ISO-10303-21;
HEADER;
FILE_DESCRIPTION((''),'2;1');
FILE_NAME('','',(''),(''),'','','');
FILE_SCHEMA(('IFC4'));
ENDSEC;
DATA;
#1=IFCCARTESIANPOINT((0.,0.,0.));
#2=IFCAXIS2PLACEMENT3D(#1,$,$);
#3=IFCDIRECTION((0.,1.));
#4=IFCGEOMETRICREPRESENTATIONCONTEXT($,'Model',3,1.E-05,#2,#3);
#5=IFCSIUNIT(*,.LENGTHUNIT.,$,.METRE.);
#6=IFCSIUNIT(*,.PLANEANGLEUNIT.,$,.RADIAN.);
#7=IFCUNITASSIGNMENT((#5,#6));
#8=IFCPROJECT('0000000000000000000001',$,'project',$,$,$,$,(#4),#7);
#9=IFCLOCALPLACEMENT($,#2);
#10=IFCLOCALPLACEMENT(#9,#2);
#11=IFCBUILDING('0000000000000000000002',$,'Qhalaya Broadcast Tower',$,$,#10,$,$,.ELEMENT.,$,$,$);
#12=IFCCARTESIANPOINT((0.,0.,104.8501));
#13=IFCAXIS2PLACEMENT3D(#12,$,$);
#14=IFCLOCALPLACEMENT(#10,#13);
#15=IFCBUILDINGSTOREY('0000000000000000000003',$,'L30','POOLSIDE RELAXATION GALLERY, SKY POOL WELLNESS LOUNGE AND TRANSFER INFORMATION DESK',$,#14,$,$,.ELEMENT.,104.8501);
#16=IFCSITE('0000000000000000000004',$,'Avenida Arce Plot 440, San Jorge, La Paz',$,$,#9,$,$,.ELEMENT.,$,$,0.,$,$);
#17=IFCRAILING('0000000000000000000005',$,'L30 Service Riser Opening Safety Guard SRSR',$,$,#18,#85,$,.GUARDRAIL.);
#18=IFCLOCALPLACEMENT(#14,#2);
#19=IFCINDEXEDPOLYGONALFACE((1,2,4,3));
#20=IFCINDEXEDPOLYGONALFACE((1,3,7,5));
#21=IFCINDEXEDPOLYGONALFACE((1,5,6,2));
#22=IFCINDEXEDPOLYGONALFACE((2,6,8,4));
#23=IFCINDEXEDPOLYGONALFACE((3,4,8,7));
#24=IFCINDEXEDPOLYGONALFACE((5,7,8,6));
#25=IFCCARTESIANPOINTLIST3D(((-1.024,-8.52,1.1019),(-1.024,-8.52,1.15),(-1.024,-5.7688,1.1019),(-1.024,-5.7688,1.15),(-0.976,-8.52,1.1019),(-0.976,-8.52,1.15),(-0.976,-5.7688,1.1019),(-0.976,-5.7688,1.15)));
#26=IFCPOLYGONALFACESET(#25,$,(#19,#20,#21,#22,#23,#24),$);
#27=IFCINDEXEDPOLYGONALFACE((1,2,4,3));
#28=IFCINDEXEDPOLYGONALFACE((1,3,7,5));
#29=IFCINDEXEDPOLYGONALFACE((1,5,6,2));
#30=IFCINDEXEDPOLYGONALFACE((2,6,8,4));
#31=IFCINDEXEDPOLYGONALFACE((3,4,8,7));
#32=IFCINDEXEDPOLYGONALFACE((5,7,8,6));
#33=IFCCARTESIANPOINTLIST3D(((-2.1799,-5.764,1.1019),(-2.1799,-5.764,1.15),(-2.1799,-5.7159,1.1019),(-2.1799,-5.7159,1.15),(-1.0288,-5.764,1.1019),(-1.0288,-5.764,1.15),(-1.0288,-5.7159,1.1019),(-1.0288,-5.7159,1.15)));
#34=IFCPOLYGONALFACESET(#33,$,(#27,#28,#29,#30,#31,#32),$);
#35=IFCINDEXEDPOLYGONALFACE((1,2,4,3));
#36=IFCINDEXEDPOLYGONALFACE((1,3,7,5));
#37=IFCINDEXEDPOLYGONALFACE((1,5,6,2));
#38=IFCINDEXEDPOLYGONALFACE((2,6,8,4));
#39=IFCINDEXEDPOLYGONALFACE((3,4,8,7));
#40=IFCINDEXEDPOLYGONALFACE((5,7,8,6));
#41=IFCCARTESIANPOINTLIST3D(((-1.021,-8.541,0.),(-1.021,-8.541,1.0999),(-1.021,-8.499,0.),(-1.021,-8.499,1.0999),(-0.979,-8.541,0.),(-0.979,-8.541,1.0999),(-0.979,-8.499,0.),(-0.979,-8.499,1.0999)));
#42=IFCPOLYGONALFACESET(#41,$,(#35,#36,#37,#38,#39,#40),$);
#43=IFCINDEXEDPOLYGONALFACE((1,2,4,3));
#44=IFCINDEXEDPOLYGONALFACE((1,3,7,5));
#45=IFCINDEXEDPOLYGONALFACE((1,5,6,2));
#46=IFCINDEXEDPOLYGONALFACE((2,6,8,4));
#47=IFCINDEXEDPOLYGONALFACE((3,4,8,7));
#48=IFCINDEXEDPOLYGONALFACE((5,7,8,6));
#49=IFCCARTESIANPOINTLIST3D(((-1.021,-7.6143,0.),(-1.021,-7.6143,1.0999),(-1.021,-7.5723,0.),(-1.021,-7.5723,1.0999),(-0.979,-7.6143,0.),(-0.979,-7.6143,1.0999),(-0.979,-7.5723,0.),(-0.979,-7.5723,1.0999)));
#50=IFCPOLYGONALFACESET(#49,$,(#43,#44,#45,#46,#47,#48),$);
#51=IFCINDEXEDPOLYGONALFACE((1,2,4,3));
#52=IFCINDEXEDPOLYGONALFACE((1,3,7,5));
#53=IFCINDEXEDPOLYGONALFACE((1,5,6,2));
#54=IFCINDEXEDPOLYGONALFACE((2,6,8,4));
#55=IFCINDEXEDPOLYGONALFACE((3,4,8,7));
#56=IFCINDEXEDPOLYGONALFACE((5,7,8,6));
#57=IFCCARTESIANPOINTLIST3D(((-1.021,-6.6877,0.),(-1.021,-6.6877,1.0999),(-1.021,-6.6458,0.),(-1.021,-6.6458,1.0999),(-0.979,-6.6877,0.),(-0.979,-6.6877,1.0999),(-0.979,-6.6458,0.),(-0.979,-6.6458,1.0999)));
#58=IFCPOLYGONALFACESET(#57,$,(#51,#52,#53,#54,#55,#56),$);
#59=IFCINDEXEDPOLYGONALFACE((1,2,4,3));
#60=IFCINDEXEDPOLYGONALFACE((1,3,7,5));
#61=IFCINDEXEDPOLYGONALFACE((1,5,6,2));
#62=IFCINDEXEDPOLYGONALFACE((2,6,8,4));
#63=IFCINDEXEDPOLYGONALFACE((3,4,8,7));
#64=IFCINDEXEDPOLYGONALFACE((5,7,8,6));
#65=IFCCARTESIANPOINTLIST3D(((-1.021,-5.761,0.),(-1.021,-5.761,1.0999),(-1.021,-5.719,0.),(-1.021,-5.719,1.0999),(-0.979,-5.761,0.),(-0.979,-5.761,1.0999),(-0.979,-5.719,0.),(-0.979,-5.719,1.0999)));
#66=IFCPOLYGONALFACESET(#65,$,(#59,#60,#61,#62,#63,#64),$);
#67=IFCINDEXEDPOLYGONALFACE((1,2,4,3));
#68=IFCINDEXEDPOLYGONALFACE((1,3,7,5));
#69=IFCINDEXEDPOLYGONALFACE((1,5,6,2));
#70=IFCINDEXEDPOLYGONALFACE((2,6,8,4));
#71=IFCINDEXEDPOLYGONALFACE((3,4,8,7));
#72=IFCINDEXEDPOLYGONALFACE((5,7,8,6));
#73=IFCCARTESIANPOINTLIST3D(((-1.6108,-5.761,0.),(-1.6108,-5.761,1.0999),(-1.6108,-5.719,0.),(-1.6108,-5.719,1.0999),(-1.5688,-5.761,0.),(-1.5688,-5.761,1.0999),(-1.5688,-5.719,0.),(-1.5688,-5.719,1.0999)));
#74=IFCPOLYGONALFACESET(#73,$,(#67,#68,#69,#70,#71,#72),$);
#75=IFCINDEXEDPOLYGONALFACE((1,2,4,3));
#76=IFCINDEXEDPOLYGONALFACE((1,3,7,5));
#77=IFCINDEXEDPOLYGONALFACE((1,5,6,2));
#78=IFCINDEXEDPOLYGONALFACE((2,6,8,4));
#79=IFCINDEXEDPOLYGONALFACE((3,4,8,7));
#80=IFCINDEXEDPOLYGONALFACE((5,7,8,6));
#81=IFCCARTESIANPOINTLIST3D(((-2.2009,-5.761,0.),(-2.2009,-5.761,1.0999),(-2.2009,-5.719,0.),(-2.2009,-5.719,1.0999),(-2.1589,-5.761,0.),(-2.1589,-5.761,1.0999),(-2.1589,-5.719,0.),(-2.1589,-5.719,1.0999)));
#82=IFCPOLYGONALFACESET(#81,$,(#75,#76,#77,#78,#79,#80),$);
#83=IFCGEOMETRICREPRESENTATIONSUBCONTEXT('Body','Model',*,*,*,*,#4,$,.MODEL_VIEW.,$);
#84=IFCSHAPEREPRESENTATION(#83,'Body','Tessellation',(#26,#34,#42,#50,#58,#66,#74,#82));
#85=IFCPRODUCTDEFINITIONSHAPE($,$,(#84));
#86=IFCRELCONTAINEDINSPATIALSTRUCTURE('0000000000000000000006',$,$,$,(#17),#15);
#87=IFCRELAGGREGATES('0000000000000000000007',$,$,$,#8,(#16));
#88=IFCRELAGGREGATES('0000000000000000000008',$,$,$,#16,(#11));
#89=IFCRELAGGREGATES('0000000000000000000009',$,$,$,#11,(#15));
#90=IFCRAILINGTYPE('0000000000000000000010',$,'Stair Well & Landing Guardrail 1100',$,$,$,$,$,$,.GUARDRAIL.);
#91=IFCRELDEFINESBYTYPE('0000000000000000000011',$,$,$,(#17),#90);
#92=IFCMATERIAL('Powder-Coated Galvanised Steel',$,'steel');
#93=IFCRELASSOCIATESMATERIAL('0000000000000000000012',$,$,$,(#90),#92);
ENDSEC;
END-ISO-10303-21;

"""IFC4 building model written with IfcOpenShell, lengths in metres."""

from ifc_helpers import new_model, si_unit, direction, frame, origin, origin_2d, place, context, subcontext, project, spatial, rectangle, extrude, material, type_object, element, save


model = new_model("IFC4")

# Units and contexts
model_context = context("Model", 3, precision=1e-05, world=origin(), true_north=direction((0.0, 1.0)))
body_context = subcontext(model_context, "Body", "Model", "MODEL_VIEW")
ifc_project = project(units=[si_unit("LENGTHUNIT", "METRE"), si_unit("PLANEANGLEUNIT", "RADIAN")], contexts=[model_context])

# Site, building, storey
site_placement = place(None, origin())
site = spatial("IfcSite", under=ifc_project, at=site_placement, Name="Avenida Arce Plot 440, San Jorge, La Paz", CompositionType="ELEMENT", RefElevation=0.0)
building_placement = place(site_placement, origin())
building = spatial("IfcBuilding", under=site, at=building_placement, Name="Qhalaya Broadcast Tower", CompositionType="ELEMENT")
storey_placement = place(building_placement, frame((0.0, 0.0, 104.8501)))
storey = spatial("IfcBuildingStorey", under=building, at=storey_placement, Name="L30", Description="POOLSIDE RELAXATION GALLERY, SKY POOL WELLNESS LOUNGE AND TRANSFER INFORMATION DESK", CompositionType="ELEMENT", Elevation=104.8501)

# Railing
ifc_material_1 = material(Name="Powder-Coated Galvanised Steel", Category="steel")
railing_type = type_object("IfcRailingType", Name="Stair Well & Landing Guardrail 1100", PredefinedType="GUARDRAIL", material=ifc_material_1)
railing_placement = place(storey_placement, frame((-1.0, -8.52, 0.0)))
element("IfcRailing", 1, at=railing_placement, inside=storey, type_object=railing_type, Name="L30 Service Riser Opening Safety Guard SRSR", PredefinedType="GUARDRAIL", context=body_context, shape_type="SweptSolid", body=[
    extrude(rectangle(XDim=0.0481, YDim=0.0481, at=origin_2d()), frame((0.0, 0.0, 1.126), z_axis=(0.0, 1.0, 0.0), x_axis=(-1.0, 0.0, 0.0)), (0.0, 0.0, 1.0), 2.7512),
    extrude(rectangle(XDim=0.0481, YDim=0.0481, at=origin_2d()), frame((-0.0288, 2.78, 1.126), z_axis=(-1.0, 0.0, 0.0), x_axis=(0.0, -1.0, 0.0)), (0.0, 0.0, 1.0), 1.1511),
    extrude(rectangle(XDim=0.042, YDim=0.042, at=origin_2d()), origin(), (0.0, 0.0, 1.0), 1.0999),
    extrude(rectangle(XDim=0.042, YDim=0.042, at=origin_2d()), frame((0.0, 0.9268, 0.0)), (0.0, 0.0, 1.0), 1.0999),
    extrude(rectangle(XDim=0.042, YDim=0.042, at=origin_2d()), frame((0.0, 1.8533, 0.0)), (0.0, 0.0, 1.0), 1.0999),
    extrude(rectangle(XDim=0.042, YDim=0.042, at=origin_2d()), frame((0.0, 2.78, 0.0)), (0.0, 0.0, 1.0), 1.0999),
    extrude(rectangle(XDim=0.042, YDim=0.042, at=origin_2d()), frame((-0.5898, 2.78, 0.0)), (0.0, 0.0, 1.0), 1.0999),
    extrude(rectangle(XDim=0.042, YDim=0.042, at=origin_2d()), frame((-1.1799, 2.78, 0.0)), (0.0, 0.0, 1.0), 1.0999),
])

save(model, "model.ifc")
